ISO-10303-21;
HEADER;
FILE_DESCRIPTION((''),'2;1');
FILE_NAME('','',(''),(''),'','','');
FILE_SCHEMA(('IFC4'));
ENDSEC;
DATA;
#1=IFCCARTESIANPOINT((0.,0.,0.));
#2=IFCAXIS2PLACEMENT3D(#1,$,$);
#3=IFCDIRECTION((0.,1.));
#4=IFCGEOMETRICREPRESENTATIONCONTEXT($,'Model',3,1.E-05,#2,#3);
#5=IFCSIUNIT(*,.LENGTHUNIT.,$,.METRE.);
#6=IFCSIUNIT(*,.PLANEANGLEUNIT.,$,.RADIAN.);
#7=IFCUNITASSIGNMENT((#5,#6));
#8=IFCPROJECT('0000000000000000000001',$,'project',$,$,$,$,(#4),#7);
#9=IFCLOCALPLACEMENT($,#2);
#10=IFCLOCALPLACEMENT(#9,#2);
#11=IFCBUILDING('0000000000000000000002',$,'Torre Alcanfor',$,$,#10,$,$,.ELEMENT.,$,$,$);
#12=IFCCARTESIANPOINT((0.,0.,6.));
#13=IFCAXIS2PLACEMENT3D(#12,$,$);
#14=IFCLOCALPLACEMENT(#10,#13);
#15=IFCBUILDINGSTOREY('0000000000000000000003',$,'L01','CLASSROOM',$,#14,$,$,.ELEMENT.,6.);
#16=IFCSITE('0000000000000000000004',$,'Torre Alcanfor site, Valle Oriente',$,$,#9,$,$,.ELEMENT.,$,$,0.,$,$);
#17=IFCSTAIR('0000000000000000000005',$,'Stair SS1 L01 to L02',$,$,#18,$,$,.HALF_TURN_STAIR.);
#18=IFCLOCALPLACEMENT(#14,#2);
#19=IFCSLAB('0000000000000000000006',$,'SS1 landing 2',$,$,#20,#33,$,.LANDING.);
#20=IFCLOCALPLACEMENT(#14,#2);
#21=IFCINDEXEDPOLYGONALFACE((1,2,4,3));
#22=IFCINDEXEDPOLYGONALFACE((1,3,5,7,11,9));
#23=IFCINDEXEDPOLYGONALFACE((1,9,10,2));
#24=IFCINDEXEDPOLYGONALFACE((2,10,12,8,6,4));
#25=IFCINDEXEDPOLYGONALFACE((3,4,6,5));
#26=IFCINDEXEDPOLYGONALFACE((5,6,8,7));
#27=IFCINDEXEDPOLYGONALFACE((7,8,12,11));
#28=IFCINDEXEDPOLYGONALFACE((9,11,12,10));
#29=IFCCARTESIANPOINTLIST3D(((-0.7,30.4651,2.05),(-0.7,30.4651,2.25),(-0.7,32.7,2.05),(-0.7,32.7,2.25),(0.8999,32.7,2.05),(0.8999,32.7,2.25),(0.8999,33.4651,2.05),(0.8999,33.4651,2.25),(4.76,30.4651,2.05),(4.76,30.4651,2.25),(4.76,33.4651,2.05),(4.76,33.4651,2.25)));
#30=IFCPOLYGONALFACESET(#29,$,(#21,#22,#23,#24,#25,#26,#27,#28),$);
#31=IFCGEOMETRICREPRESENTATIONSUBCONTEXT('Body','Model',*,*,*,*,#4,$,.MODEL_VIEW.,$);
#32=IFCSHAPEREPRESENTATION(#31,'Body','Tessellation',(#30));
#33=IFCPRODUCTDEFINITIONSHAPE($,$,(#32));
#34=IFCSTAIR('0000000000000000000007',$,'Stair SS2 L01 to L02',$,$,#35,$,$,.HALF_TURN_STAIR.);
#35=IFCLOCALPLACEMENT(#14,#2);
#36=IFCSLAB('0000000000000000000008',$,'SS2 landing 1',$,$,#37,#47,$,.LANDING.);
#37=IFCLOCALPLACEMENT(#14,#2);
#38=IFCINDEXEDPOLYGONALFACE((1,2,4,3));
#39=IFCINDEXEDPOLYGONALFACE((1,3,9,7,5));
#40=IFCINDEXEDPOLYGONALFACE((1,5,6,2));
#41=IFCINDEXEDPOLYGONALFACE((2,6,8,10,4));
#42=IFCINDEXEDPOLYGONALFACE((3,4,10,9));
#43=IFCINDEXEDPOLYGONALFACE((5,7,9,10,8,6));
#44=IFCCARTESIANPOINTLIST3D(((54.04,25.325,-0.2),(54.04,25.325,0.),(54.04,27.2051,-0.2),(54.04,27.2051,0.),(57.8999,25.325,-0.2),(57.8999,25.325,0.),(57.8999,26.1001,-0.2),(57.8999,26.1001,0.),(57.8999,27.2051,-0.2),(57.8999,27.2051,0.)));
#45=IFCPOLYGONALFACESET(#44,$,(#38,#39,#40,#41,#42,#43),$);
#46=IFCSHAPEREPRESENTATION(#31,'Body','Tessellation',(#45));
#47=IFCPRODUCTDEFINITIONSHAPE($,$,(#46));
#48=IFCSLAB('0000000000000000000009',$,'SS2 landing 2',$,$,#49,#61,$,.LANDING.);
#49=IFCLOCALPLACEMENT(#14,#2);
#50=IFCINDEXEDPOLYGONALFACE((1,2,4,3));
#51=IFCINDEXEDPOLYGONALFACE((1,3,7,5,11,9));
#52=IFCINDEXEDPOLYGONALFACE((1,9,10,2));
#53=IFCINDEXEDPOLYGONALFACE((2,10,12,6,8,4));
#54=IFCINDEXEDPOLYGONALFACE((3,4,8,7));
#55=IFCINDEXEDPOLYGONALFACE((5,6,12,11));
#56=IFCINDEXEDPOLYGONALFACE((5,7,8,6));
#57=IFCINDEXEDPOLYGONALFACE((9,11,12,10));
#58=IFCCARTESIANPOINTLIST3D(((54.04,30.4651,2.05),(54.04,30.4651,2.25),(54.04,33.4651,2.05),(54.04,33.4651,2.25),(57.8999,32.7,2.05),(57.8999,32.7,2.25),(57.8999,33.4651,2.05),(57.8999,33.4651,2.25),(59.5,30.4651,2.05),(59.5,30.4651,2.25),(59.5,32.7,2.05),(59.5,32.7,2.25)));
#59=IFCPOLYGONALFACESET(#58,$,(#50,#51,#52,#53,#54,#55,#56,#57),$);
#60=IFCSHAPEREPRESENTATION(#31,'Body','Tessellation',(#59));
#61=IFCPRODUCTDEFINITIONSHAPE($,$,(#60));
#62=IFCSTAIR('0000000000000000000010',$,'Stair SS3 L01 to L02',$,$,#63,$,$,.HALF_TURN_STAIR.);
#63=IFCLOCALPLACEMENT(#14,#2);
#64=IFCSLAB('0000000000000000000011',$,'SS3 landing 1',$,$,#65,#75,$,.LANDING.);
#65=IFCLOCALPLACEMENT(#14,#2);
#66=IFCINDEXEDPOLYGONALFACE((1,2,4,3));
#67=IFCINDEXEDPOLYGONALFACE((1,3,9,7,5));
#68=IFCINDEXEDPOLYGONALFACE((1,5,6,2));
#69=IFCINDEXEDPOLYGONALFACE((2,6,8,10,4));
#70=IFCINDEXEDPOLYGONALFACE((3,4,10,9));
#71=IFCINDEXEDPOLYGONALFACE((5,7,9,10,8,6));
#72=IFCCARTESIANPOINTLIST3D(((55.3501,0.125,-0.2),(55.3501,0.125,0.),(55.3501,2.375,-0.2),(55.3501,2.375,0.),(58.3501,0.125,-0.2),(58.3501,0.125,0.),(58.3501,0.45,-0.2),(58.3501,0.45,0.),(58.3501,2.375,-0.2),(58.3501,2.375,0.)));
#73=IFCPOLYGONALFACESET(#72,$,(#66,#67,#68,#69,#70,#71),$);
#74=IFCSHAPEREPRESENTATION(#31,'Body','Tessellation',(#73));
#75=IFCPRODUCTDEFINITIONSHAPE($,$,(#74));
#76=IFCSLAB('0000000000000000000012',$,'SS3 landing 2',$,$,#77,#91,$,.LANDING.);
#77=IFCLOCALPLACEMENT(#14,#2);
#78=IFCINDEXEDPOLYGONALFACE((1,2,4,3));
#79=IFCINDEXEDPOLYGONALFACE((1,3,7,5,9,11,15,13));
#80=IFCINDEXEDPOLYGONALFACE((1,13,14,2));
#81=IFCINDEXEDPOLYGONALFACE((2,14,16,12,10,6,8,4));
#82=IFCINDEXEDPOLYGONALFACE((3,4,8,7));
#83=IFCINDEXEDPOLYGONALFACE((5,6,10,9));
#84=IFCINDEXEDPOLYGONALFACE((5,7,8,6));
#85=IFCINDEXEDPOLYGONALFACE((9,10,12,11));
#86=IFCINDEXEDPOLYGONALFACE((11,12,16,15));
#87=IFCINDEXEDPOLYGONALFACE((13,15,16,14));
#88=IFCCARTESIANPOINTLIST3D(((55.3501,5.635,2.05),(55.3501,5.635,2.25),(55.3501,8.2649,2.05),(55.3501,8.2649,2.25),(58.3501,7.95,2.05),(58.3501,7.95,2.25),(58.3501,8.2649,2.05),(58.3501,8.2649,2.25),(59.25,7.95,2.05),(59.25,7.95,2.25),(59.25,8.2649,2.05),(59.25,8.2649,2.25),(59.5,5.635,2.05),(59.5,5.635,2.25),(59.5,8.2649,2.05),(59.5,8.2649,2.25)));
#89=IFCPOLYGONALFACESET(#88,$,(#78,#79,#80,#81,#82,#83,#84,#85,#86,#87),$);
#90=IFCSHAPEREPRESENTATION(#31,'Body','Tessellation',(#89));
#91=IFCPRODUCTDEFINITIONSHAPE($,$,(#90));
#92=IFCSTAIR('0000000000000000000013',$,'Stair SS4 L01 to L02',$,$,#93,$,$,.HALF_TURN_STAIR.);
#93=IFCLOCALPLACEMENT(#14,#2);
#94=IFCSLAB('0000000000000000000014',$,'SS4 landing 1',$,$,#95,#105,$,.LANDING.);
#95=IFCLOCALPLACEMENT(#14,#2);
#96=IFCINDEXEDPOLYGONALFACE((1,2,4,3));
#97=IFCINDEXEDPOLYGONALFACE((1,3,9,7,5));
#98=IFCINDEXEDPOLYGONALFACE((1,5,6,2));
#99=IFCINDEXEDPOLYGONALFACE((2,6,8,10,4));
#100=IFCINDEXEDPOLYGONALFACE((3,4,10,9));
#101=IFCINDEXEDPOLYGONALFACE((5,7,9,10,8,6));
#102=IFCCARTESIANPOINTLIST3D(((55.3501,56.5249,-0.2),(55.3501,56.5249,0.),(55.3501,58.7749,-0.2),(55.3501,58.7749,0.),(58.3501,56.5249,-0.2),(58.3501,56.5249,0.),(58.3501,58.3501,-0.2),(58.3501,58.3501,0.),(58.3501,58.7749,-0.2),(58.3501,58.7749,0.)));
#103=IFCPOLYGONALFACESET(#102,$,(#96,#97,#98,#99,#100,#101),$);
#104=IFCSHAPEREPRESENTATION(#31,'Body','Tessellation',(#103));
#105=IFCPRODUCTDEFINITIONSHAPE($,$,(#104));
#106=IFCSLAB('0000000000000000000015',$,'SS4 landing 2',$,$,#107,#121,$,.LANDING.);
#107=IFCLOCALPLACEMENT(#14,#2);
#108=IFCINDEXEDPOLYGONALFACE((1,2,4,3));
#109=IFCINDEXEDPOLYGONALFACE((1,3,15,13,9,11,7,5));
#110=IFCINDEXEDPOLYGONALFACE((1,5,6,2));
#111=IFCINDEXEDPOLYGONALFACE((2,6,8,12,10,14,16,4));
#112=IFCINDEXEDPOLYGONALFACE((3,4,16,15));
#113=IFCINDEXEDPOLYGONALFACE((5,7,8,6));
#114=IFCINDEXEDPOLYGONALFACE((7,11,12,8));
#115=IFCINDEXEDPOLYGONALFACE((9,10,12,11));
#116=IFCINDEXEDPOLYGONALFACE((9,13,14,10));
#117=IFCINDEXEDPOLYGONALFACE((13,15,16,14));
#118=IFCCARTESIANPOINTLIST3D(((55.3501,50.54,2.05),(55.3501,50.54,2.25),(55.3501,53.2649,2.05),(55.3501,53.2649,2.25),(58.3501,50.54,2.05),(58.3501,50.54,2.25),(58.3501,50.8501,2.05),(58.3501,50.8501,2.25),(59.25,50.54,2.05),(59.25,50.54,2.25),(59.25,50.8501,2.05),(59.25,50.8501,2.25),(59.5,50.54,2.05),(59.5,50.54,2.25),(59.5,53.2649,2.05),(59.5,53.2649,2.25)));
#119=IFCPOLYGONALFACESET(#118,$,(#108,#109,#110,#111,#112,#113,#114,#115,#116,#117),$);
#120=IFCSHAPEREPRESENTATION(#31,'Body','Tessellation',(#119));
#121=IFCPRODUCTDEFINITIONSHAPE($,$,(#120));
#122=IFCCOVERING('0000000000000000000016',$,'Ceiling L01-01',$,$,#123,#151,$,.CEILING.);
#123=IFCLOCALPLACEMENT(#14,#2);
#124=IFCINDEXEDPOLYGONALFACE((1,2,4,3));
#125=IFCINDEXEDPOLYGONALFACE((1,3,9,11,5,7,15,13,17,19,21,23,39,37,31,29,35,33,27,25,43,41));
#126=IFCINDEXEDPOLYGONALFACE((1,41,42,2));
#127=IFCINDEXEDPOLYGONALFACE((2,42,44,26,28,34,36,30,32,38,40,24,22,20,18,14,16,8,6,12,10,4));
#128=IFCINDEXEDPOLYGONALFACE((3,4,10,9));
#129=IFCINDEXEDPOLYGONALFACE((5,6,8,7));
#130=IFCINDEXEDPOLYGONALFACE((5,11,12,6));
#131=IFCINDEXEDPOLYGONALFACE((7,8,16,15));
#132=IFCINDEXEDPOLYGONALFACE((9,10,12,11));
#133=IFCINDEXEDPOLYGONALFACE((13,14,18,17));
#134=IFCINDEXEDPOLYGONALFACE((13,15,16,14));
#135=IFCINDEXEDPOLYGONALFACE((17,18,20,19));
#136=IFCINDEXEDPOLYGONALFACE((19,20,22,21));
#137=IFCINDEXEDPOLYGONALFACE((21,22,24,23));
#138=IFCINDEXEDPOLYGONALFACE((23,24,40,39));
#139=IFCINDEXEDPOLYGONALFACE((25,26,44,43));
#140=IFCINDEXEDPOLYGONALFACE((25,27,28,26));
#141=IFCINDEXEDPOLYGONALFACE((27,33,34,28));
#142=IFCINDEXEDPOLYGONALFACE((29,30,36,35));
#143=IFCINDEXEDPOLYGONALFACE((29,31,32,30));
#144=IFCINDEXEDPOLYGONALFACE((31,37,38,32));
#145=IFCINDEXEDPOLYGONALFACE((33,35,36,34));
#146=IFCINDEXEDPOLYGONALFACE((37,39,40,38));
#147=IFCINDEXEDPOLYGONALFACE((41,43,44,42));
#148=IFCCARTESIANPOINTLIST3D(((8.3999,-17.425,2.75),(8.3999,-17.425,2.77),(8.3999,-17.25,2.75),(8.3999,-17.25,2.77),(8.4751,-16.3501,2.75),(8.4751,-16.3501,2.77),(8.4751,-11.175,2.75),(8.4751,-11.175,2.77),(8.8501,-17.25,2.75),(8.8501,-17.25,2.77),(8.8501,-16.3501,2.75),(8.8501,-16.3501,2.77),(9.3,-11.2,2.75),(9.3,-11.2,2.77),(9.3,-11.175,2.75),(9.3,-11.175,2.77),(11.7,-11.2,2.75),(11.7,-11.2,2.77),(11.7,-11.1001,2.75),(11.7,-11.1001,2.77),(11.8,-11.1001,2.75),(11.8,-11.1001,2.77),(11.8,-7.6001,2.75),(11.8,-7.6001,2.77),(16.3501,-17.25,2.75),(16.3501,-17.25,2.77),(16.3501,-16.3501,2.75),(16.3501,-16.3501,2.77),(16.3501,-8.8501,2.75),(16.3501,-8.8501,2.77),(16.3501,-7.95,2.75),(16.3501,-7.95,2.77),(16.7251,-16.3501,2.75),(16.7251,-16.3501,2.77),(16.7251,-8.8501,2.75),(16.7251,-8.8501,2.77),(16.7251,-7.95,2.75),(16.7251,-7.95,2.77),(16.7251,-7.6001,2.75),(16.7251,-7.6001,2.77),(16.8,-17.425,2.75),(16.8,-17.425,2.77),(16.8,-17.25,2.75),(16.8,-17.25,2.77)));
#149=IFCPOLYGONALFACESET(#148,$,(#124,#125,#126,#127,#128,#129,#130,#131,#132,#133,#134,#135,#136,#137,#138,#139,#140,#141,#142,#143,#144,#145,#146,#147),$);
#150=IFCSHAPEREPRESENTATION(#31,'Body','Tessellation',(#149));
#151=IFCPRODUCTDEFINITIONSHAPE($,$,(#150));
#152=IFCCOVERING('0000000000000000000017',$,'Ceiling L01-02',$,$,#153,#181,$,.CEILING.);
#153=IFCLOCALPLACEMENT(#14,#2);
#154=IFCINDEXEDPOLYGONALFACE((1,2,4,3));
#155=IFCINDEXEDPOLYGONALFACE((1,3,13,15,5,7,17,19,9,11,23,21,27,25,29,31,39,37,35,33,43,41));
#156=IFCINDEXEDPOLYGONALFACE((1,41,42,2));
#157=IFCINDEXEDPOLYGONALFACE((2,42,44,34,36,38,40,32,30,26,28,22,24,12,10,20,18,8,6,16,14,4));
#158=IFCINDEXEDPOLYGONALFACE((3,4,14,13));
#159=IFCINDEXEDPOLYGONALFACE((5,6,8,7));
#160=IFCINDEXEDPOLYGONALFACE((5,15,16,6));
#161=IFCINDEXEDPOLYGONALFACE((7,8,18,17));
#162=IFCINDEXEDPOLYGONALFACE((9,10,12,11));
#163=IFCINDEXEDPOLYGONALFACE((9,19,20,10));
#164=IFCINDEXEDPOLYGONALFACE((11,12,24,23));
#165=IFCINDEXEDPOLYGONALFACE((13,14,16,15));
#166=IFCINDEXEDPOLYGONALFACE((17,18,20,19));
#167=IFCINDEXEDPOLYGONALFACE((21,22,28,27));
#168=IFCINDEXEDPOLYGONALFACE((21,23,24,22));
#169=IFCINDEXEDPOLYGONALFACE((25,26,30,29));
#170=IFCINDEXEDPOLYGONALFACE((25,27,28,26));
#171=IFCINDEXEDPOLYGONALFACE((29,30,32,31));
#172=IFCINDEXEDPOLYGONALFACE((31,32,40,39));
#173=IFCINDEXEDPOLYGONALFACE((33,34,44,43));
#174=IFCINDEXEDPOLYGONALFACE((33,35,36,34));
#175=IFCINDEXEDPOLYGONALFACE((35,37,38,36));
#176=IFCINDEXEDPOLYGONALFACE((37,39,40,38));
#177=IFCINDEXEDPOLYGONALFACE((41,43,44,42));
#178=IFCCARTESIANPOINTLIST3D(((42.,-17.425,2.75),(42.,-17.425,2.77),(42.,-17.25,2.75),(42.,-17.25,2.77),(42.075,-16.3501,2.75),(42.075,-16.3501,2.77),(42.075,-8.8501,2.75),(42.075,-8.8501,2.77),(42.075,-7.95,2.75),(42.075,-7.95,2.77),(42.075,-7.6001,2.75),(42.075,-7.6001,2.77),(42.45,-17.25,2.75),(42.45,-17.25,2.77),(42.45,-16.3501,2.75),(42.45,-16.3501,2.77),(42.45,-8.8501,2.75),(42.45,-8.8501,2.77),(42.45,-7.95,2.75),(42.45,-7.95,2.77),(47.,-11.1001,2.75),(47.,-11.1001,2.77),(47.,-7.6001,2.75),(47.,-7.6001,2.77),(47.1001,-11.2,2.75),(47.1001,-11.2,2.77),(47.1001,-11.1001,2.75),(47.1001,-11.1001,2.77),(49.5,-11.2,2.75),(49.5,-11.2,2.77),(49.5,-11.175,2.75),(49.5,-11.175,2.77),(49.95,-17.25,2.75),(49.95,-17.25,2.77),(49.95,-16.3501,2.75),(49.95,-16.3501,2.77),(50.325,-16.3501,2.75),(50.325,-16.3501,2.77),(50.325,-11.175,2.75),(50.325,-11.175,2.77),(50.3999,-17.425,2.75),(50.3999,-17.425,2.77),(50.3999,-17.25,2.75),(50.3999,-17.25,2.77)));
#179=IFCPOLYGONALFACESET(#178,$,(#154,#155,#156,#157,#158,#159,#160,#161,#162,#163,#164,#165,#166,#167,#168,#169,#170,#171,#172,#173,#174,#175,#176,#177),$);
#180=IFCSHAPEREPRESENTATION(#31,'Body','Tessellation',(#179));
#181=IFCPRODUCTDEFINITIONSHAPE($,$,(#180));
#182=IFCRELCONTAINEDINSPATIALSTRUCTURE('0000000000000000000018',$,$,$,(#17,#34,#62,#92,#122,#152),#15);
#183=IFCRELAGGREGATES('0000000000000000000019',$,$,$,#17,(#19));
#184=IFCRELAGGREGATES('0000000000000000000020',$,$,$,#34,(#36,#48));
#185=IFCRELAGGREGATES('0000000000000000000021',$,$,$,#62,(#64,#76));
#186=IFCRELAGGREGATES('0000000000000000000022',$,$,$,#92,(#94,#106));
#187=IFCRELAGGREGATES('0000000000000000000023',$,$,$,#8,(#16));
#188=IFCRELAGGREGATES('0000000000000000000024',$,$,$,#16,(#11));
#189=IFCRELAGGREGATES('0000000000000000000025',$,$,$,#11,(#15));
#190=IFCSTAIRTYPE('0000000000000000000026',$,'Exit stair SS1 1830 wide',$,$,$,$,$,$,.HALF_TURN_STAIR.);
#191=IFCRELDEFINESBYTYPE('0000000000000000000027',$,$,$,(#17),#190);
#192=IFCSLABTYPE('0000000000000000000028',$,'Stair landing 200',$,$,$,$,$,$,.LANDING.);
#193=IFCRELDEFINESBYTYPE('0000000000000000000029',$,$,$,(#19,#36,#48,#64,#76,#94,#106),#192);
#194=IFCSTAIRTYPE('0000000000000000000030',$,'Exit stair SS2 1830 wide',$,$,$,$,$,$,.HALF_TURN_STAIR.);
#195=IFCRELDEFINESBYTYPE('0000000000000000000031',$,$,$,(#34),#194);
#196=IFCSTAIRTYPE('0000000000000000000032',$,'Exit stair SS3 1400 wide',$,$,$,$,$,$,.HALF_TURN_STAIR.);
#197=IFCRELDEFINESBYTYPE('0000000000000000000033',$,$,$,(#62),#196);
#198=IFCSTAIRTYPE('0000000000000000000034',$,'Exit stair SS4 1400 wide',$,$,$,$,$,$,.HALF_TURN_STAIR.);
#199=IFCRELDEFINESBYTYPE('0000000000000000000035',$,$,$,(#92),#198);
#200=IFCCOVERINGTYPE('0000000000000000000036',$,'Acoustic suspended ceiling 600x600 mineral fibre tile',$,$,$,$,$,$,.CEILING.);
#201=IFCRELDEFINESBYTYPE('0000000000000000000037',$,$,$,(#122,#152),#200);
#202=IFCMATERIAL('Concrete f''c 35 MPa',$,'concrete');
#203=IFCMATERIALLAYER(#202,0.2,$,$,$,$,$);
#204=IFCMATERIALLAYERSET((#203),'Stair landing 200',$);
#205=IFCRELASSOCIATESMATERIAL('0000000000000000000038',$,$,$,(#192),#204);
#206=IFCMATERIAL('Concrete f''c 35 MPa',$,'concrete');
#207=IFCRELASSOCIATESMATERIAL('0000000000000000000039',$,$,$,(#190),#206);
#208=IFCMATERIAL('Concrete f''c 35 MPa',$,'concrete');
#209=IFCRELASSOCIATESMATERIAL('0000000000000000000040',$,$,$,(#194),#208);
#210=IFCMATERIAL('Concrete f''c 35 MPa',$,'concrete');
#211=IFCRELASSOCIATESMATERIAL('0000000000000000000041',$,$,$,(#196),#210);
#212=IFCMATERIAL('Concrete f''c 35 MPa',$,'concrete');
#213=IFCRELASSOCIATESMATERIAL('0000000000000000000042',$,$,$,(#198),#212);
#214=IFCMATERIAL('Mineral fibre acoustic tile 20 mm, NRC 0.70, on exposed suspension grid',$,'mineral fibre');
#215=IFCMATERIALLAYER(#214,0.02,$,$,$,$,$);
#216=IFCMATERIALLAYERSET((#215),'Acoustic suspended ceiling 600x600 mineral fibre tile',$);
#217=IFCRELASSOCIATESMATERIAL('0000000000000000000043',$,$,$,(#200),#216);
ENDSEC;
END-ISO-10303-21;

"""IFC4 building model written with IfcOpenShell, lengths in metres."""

from ifc_helpers import new_model, si_unit, direction, frame, origin, place, context, subcontext, project, spatial, polyline, outline, extrude, material, layer, layer_set, type_object, element, aggregate, save


model = new_model("IFC4")

# Units and contexts
model_context = context("Model", 3, precision=1e-05, world=origin(), true_north=direction((0.0, 1.0)))
body_context = subcontext(model_context, "Body", "Model", "MODEL_VIEW")
ifc_project = project(units=[si_unit("LENGTHUNIT", "METRE"), si_unit("PLANEANGLEUNIT", "RADIAN")], contexts=[model_context])

# Site, building, storey
site_placement = place(None, origin())
site = spatial("IfcSite", under=ifc_project, at=site_placement, Name="Torre Alcanfor site, Valle Oriente", CompositionType="ELEMENT", RefElevation=0.0)
building_placement = place(site_placement, origin())
building = spatial("IfcBuilding", under=site, at=building_placement, Name="Torre Alcanfor", CompositionType="ELEMENT")
storey_placement = place(building_placement, frame((0.0, 0.0, 6.0)))
storey = spatial("IfcBuildingStorey", under=building, at=storey_placement, Name="L01", Description="CLASSROOM", CompositionType="ELEMENT", Elevation=6.0)

# Stairs, slabs
ifc_material_1 = material(Name="Concrete f'c 35 MPa", Category="concrete")
ifc_layer_1 = layer(ifc_material_1, 0.2)
ifc_layer_set_1 = layer_set([ifc_layer_1], Name="Stair landing 200")
slab_type_1 = type_object("IfcSlabType", Name="Stair landing 200", PredefinedType="LANDING", material=ifc_layer_set_1)
ifc_material_2 = material(Name="Concrete f'c 35 MPa", Category="concrete")
stair_type_1 = type_object("IfcStairType", Name="Exit stair SS1 1830 wide", PredefinedType="HALF_TURN_STAIR", material=ifc_material_2)
stair_1_placement = place(storey_placement, origin())
stair_1 = element("IfcStair", 1, at=stair_1_placement, inside=storey, type_object=stair_type_1, Name="Stair SS1 L01 to L02", PredefinedType="HALF_TURN_STAIR")
slab_1_placement = place(storey_placement, frame((0.0, 0.0, 2.05)))
slab_1 = element("IfcSlab", 2, at=slab_1_placement, type_object=slab_type_1, Name="SS1 landing 2", PredefinedType="LANDING", context=body_context, shape_type="SweptSolid", body=[
    extrude(outline(polyline([(4.76, 33.4651), (4.76, 30.4651), (-0.7, 30.4651), (-0.7, 32.7), (0.8999, 32.7), (0.8999, 33.4651), (4.76, 33.4651)])), origin(), (0.0, 0.0, 1.0), 0.2),
])
aggregate(stair_1, [slab_1])
ifc_material_3 = material(Name="Concrete f'c 35 MPa", Category="concrete")
stair_type_2 = type_object("IfcStairType", Name="Exit stair SS2 1830 wide", PredefinedType="HALF_TURN_STAIR", material=ifc_material_3)
stair_2_placement = place(storey_placement, origin())
stair_2 = element("IfcStair", 3, at=stair_2_placement, inside=storey, type_object=stair_type_2, Name="Stair SS2 L01 to L02", PredefinedType="HALF_TURN_STAIR")
slab_2_placement = place(storey_placement, frame((0.0, 0.0, -0.2)))
slab_2 = element("IfcSlab", 4, at=slab_2_placement, type_object=slab_type_1, Name="SS2 landing 1", PredefinedType="LANDING", context=body_context, shape_type="SweptSolid", body=[
    extrude(outline(polyline([(54.04, 25.325), (54.04, 27.2051), (57.8999, 27.2051), (57.8999, 26.1001), (57.8999, 25.325), (54.04, 25.325)])), origin(), (0.0, 0.0, 1.0), 0.2),
])
slab_3_placement = place(storey_placement, frame((0.0, 0.0, 2.05)))
slab_3 = element("IfcSlab", 5, at=slab_3_placement, type_object=slab_type_1, Name="SS2 landing 2", PredefinedType="LANDING", context=body_context, shape_type="SweptSolid", body=[
    extrude(outline(polyline([(59.5, 30.4651), (54.04, 30.4651), (54.04, 33.4651), (57.8999, 33.4651), (57.8999, 32.7), (59.5, 32.7), (59.5, 30.4651)])), origin(), (0.0, 0.0, 1.0), 0.2),
])
aggregate(stair_2, [slab_2, slab_3])
ifc_material_4 = material(Name="Concrete f'c 35 MPa", Category="concrete")
stair_type_3 = type_object("IfcStairType", Name="Exit stair SS3 1400 wide", PredefinedType="HALF_TURN_STAIR", material=ifc_material_4)
stair_3_placement = place(storey_placement, origin())
stair_3 = element("IfcStair", 6, at=stair_3_placement, inside=storey, type_object=stair_type_3, Name="Stair SS3 L01 to L02", PredefinedType="HALF_TURN_STAIR")
slab_4_placement = place(storey_placement, frame((0.0, 0.0, -0.2)))
slab_4 = element("IfcSlab", 7, at=slab_4_placement, type_object=slab_type_1, Name="SS3 landing 1", PredefinedType="LANDING", context=body_context, shape_type="SweptSolid", body=[
    extrude(outline(polyline([(55.3501, 2.375), (58.3501, 2.375), (58.3501, 0.45), (58.3501, 0.45), (58.3501, 0.125), (55.3501, 0.125), (55.3501, 2.375)])), origin(), (0.0, 0.0, 1.0), 0.2),
])
slab_5_placement = place(storey_placement, frame((0.0, 0.0, 2.05)))
slab_5 = element("IfcSlab", 8, at=slab_5_placement, type_object=slab_type_1, Name="SS3 landing 2", PredefinedType="LANDING", context=body_context, shape_type="SweptSolid", body=[
    extrude(outline(polyline([(59.5, 8.2649), (59.5, 5.635), (55.3501, 5.635), (55.3501, 8.2649), (58.3501, 8.2649), (58.3501, 7.95), (59.25, 7.95), (59.25, 8.2649), (59.5, 8.2649)])), origin(), (0.0, 0.0, 1.0), 0.2),
])
aggregate(stair_3, [slab_4, slab_5])
ifc_material_5 = material(Name="Concrete f'c 35 MPa", Category="concrete")
stair_type_4 = type_object("IfcStairType", Name="Exit stair SS4 1400 wide", PredefinedType="HALF_TURN_STAIR", material=ifc_material_5)
stair_4_placement = place(storey_placement, origin())
stair_4 = element("IfcStair", 9, at=stair_4_placement, inside=storey, type_object=stair_type_4, Name="Stair SS4 L01 to L02", PredefinedType="HALF_TURN_STAIR")
slab_6_placement = place(storey_placement, frame((0.0, 0.0, -0.2)))
slab_6 = element("IfcSlab", 10, at=slab_6_placement, type_object=slab_type_1, Name="SS4 landing 1", PredefinedType="LANDING", context=body_context, shape_type="SweptSolid", body=[
    extrude(outline(polyline([(55.3501, 58.7749), (58.3501, 58.7749), (58.3501, 58.3501), (58.3501, 58.3501), (58.3501, 56.5249), (55.3501, 56.5249), (55.3501, 58.7749)])), origin(), (0.0, 0.0, 1.0), 0.2),
])
slab_7_placement = place(storey_placement, frame((0.0, 0.0, 2.05)))
slab_7 = element("IfcSlab", 11, at=slab_7_placement, type_object=slab_type_1, Name="SS4 landing 2", PredefinedType="LANDING", context=body_context, shape_type="SweptSolid", body=[
    extrude(outline(polyline([(55.3501, 50.54), (55.3501, 53.2649), (59.5, 53.2649), (59.5, 50.54), (59.25, 50.54), (59.25, 50.8501), (58.3501, 50.8501), (58.3501, 50.54), (55.3501, 50.54)])), origin(), (0.0, 0.0, 1.0), 0.2),
])
aggregate(stair_4, [slab_6, slab_7])

# Coverings
ifc_material_6 = material(Name="Mineral fibre acoustic tile 20 mm, NRC 0.70, on exposed suspension grid", Category="mineral fibre")
ifc_layer_2 = layer(ifc_material_6, 0.02)
ifc_layer_set_2 = layer_set([ifc_layer_2], Name="Acoustic suspended ceiling 600x600 mineral fibre tile")
covering_type = type_object("IfcCoveringType", Name="Acoustic suspended ceiling 600x600 mineral fibre tile", PredefinedType="CEILING", material=ifc_layer_set_2)
covering_1_placement = place(storey_placement, frame((0.0, 0.0, 2.75)))
element("IfcCovering", 12, at=covering_1_placement, inside=storey, type_object=covering_type, Name="Ceiling L01-01", PredefinedType="CEILING", context=body_context, shape_type="SweptSolid", body=[
    extrude(outline(polyline([(8.8501, -17.25), (8.3999, -17.25), (8.3999, -17.425), (16.8, -17.425), (16.8, -17.25), (16.3501, -17.25), (16.3501, -16.3501), (16.7251, -16.3501), (16.7251, -8.8501), (16.3501, -8.8501), (16.3501, -7.95), (16.7251, -7.95), (16.7251, -7.6001), (11.8, -7.6001), (11.8, -11.1001), (11.7, -11.1001), (11.7, -11.2), (9.3, -11.2), (9.3, -11.175), (8.4751, -11.175), (8.4751, -16.3501), (8.8501, -16.3501), (8.8501, -17.25)])), origin(), (0.0, 0.0, 1.0), 0.02),
])
covering_2_placement = place(storey_placement, frame((0.0, 0.0, 2.75)))
element("IfcCovering", 13, at=covering_2_placement, inside=storey, type_object=covering_type, Name="Ceiling L01-02", PredefinedType="CEILING", context=body_context, shape_type="SweptSolid", body=[
    extrude(outline(polyline([(49.95, -17.25), (49.95, -16.3501), (50.325, -16.3501), (50.325, -11.175), (49.5, -11.175), (49.5, -11.2), (47.1001, -11.2), (47.1001, -11.1001), (47.0, -11.1001), (47.0, -7.6001), (42.075, -7.6001), (42.075, -7.95), (42.45, -7.95), (42.45, -8.8501), (42.075, -8.8501), (42.075, -16.3501), (42.45, -16.3501), (42.45, -17.25), (42.0, -17.25), (42.0, -17.425), (50.3999, -17.425), (50.3999, -17.25), (49.95, -17.25)])), origin(), (0.0, 0.0, 1.0), 0.02),
])

save(model, "model.ifc")
